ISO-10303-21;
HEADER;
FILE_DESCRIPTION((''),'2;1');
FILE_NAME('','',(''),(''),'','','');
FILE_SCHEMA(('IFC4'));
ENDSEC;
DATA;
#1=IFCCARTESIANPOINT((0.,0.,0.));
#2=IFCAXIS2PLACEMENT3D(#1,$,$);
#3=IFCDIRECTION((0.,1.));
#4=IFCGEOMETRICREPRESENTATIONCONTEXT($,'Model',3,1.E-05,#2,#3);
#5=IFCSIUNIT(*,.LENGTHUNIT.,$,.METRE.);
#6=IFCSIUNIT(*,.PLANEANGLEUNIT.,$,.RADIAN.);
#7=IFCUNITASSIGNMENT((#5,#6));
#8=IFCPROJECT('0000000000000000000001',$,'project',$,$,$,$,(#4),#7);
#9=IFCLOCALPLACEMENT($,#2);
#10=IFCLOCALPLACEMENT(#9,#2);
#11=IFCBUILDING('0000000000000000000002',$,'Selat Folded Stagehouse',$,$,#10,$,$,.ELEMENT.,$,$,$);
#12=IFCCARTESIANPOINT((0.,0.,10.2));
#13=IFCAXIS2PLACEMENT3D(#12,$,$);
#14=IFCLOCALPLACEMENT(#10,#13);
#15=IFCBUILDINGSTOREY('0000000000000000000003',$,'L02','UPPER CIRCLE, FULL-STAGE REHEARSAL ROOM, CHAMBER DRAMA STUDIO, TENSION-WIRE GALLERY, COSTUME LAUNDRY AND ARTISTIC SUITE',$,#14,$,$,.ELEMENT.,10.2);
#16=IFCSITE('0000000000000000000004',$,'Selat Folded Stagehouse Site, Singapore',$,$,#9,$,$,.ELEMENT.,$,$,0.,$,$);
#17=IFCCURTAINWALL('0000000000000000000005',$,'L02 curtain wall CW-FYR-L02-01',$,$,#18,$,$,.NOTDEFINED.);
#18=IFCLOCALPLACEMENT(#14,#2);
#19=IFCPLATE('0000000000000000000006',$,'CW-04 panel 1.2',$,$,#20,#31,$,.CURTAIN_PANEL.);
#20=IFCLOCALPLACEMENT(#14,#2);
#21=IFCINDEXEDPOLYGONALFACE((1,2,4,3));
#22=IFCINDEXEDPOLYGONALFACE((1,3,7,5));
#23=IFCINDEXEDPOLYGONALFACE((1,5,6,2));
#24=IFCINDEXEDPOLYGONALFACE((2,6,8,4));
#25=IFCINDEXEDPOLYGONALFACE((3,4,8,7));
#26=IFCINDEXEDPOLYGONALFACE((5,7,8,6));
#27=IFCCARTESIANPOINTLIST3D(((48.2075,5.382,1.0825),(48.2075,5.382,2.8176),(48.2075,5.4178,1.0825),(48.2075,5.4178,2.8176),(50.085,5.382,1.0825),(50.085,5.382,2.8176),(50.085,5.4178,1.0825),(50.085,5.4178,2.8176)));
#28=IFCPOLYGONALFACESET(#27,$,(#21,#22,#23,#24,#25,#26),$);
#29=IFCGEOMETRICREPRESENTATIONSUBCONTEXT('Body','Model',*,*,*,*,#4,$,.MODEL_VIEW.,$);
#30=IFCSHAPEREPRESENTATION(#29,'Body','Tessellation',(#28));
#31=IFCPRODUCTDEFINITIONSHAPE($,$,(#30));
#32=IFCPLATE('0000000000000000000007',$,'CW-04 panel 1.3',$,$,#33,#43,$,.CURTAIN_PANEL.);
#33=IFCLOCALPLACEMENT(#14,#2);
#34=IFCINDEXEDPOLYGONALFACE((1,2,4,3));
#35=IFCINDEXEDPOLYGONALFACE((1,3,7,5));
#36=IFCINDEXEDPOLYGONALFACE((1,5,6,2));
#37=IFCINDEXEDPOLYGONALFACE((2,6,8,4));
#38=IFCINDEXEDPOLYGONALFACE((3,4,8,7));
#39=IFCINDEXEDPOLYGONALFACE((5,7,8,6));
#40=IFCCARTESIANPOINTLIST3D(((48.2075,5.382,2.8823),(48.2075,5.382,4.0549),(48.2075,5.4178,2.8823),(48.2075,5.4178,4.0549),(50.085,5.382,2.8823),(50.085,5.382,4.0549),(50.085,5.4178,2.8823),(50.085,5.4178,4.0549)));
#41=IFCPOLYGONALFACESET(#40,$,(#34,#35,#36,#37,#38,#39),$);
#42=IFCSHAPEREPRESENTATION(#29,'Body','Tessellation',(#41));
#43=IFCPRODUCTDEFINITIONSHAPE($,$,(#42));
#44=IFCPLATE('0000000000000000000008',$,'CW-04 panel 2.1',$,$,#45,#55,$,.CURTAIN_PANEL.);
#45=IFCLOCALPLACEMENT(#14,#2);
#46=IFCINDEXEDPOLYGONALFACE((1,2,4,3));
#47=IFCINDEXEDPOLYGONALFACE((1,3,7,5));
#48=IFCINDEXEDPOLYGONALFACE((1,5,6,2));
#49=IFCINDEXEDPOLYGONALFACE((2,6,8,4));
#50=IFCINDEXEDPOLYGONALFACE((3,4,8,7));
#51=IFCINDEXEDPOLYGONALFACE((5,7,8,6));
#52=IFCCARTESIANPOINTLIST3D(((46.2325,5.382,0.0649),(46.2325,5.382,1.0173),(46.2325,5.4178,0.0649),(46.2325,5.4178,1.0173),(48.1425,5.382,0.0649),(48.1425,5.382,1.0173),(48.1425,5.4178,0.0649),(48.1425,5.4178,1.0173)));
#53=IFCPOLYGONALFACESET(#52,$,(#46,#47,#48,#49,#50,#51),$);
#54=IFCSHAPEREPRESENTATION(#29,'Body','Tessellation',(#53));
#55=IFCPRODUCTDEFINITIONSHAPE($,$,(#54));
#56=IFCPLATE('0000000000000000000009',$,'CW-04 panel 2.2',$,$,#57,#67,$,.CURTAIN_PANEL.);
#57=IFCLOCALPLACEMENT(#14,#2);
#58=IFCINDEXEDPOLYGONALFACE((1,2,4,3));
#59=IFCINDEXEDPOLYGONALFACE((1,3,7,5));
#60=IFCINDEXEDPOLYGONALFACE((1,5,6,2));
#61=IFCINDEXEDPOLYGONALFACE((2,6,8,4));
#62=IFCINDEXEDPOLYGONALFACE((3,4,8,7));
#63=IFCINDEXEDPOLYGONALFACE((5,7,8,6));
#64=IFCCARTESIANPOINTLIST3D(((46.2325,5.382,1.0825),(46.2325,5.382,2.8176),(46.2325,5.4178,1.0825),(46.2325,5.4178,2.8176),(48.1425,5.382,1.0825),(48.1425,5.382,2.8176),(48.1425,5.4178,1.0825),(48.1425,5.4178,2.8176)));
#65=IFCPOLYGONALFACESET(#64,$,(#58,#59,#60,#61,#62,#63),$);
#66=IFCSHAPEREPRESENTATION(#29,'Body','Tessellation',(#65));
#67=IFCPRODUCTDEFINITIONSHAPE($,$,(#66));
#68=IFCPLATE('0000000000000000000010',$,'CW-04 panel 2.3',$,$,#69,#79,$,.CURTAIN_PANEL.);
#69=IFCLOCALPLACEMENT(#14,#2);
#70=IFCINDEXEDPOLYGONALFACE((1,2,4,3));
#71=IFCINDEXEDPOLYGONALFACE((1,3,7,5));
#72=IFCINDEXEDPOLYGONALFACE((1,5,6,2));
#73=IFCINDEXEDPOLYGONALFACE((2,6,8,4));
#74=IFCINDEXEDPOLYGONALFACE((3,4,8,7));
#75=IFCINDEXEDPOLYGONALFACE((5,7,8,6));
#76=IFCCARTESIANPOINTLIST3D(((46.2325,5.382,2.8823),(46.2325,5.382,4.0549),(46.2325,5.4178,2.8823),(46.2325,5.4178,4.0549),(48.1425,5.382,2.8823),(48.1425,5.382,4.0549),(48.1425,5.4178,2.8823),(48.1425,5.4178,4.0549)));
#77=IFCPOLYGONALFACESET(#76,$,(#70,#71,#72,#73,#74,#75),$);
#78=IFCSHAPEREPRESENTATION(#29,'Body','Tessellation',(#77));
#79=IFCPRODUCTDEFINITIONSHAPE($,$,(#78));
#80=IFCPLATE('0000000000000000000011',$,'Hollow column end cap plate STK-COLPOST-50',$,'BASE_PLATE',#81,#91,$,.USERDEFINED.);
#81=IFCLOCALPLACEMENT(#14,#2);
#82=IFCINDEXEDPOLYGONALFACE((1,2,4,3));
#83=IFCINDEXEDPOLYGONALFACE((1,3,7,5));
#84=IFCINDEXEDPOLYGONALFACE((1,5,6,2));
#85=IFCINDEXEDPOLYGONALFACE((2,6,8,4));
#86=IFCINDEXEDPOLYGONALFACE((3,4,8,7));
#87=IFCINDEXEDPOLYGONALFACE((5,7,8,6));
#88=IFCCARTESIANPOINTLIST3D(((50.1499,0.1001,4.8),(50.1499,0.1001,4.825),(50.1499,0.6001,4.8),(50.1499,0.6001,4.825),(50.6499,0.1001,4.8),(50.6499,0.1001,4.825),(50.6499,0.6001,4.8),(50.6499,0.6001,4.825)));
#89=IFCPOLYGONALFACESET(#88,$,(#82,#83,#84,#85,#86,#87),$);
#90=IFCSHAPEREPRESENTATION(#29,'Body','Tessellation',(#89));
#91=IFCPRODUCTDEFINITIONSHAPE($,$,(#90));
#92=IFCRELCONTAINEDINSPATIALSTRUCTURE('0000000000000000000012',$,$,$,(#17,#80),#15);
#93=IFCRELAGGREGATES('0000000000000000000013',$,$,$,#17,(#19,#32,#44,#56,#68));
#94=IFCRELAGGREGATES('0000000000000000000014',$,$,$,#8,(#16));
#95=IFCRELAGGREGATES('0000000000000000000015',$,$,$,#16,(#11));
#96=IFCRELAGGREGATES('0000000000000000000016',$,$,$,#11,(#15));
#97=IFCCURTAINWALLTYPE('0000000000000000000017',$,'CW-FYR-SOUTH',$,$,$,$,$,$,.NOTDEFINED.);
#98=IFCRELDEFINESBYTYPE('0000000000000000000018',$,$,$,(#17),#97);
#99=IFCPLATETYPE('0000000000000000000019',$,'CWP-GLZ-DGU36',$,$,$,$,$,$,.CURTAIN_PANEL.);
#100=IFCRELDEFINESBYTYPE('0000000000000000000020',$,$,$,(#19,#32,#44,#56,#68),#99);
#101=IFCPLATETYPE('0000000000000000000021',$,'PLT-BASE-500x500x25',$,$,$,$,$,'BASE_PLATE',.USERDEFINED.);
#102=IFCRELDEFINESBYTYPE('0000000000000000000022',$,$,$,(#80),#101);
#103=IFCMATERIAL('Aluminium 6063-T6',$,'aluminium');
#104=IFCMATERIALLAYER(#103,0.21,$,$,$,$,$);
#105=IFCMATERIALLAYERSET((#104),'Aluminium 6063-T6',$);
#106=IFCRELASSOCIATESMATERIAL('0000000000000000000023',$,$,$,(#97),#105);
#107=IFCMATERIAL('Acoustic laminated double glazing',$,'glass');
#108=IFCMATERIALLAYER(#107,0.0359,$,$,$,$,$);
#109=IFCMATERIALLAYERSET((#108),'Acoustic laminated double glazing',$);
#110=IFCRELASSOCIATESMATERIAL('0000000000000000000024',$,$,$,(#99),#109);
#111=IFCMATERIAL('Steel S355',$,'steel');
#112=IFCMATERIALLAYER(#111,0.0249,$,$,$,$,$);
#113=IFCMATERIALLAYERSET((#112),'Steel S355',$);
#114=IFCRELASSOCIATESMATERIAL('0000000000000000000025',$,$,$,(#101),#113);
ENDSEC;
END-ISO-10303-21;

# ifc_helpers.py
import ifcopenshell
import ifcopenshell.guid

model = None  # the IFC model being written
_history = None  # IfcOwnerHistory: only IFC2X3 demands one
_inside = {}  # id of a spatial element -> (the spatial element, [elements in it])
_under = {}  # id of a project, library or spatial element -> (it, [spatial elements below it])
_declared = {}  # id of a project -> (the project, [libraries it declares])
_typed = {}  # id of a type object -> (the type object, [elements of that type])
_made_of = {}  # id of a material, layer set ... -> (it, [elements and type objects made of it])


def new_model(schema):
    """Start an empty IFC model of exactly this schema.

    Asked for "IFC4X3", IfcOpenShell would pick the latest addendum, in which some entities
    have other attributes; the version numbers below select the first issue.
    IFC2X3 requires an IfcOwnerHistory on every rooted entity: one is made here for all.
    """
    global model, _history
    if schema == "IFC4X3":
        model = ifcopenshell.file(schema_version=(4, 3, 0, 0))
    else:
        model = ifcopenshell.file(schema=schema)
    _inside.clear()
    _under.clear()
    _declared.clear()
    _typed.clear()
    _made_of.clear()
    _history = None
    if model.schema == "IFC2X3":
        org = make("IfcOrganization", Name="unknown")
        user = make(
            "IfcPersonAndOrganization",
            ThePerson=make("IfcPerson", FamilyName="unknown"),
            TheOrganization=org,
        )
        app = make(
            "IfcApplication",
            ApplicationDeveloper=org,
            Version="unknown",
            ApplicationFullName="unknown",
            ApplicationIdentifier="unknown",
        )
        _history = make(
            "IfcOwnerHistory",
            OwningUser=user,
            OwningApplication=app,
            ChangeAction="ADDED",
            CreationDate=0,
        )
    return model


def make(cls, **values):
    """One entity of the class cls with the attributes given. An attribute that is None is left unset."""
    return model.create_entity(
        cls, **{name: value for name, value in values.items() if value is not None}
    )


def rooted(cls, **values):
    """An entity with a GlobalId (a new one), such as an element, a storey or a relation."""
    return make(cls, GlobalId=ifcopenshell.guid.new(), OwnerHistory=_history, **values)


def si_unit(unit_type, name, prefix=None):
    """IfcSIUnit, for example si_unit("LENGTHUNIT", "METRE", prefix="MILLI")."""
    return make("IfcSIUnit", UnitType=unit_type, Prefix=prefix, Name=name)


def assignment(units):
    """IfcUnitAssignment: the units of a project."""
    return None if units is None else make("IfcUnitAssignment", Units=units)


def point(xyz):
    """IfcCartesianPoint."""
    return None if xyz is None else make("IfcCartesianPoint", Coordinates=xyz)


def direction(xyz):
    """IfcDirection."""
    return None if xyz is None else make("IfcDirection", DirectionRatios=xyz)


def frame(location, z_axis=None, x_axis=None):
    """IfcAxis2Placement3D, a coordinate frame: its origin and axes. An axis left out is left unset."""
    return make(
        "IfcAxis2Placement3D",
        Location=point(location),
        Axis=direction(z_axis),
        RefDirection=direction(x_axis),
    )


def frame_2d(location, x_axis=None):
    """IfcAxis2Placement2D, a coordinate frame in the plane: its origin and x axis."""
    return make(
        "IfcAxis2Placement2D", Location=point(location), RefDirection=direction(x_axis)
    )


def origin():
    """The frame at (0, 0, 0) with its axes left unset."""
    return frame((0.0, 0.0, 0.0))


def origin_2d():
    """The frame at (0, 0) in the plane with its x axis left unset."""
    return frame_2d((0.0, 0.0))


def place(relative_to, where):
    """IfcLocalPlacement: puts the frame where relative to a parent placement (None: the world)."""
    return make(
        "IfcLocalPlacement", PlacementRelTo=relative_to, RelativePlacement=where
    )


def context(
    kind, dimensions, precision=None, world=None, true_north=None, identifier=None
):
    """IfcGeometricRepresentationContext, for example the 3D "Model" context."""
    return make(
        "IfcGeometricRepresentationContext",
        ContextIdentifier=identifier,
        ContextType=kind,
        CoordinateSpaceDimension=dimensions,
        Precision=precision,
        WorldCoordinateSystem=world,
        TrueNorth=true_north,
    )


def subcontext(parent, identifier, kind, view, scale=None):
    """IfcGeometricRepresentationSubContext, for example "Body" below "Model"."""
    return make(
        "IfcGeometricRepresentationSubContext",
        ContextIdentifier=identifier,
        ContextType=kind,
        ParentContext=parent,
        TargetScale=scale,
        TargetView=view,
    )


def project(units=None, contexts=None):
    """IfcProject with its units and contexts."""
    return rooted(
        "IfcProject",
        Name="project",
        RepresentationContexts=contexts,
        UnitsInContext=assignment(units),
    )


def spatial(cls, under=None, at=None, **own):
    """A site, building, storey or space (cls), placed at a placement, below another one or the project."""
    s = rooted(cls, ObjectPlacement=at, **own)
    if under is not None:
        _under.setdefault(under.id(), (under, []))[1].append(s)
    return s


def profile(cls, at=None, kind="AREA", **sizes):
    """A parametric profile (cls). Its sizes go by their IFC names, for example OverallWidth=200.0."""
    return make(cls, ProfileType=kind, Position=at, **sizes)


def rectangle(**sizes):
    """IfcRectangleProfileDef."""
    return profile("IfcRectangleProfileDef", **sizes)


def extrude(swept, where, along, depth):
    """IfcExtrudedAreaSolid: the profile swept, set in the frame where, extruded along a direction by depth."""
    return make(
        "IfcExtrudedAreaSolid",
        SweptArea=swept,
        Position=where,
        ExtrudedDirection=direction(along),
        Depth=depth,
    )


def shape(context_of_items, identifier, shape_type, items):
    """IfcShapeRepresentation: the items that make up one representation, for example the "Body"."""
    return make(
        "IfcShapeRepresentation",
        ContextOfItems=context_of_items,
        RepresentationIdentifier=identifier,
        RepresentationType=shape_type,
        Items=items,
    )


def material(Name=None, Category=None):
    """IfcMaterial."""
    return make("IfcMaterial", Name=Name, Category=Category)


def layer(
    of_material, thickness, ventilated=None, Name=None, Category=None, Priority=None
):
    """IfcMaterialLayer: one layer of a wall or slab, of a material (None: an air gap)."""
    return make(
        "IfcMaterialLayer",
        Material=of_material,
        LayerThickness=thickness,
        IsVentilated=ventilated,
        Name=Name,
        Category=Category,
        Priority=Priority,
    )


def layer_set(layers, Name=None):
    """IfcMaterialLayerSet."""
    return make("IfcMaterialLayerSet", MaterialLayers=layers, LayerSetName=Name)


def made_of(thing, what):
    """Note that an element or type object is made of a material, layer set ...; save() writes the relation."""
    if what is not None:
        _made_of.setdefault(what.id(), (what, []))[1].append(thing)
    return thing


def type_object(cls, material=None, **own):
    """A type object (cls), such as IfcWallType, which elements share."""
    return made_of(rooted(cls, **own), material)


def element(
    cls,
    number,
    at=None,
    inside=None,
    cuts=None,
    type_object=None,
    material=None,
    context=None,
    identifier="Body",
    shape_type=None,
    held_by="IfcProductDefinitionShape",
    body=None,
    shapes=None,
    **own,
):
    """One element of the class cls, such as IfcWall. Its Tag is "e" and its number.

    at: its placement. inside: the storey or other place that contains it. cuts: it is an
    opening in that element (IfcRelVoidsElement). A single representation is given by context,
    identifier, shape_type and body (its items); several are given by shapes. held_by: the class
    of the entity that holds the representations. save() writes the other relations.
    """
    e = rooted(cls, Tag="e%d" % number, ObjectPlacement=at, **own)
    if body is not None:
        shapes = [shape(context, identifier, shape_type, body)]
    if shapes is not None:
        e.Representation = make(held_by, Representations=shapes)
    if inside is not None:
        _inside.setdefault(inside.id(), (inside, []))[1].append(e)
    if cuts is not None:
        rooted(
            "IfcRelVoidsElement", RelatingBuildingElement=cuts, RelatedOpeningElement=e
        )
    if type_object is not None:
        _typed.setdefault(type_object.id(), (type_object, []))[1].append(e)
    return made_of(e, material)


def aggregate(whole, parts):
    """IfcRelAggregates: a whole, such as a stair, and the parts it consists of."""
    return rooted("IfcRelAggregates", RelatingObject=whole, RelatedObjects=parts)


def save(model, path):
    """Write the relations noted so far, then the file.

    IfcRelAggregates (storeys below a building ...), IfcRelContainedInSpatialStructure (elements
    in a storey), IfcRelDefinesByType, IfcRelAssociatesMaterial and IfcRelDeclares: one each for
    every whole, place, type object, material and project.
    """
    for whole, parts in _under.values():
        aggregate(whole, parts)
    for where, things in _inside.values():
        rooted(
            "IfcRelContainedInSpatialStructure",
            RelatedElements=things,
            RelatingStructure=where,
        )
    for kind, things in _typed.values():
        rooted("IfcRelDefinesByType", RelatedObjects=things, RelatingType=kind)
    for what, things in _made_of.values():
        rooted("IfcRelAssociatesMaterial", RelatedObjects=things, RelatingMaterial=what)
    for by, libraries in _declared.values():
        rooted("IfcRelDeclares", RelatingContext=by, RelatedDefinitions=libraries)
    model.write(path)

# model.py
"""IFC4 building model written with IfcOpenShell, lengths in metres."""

from ifc_helpers import new_model, si_unit, direction, frame, origin, origin_2d, place, context, subcontext, project, spatial, rectangle, extrude, material, layer, layer_set, type_object, element, aggregate, save


model = new_model("IFC4")

# Units and contexts
model_context = context("Model", 3, precision=1e-05, world=origin(), true_north=direction((0.0, 1.0)))
body_context = subcontext(model_context, "Body", "Model", "MODEL_VIEW")
ifc_project = project(units=[si_unit("LENGTHUNIT", "METRE"), si_unit("PLANEANGLEUNIT", "RADIAN")], contexts=[model_context])

# Site, building, storey
site_placement = place(None, origin())
site = spatial("IfcSite", under=ifc_project, at=site_placement, Name="Selat Folded Stagehouse Site, Singapore", CompositionType="ELEMENT", RefElevation=0.0)
building_placement = place(site_placement, origin())
building = spatial("IfcBuilding", under=site, at=building_placement, Name="Selat Folded Stagehouse", CompositionType="ELEMENT")
storey_placement = place(building_placement, frame((0.0, 0.0, 10.2)))
storey = spatial("IfcBuildingStorey", under=building, at=storey_placement, Name="L02", Description="UPPER CIRCLE, FULL-STAGE REHEARSAL ROOM, CHAMBER DRAMA STUDIO, TENSION-WIRE GALLERY, COSTUME LAUNDRY AND ARTISTIC SUITE", CompositionType="ELEMENT", Elevation=10.2)

# Shared definitions
ifc_material_1 = material(Name="Steel S355", Category="steel")

# Curtain wall
ifc_material_2 = material(Name="Aluminium 6063-T6", Category="aluminium")
ifc_layer_1 = layer(ifc_material_2, 0.21)
ifc_layer_set_1 = layer_set([ifc_layer_1], Name="Aluminium 6063-T6")
curtain_wall_type = type_object("IfcCurtainWallType", Name="CW-FYR-SOUTH", PredefinedType="NOTDEFINED", material=ifc_layer_set_1)
curtain_wall_placement = place(storey_placement, origin())
curtain_wall = element("IfcCurtainWall", 1, at=curtain_wall_placement, inside=storey, type_object=curtain_wall_type, Name="L02 curtain wall CW-FYR-L02-01", PredefinedType="NOTDEFINED")

# Plates
ifc_material_3 = material(Name="Acoustic laminated double glazing", Category="glass")
ifc_layer_2 = layer(ifc_material_3, 0.0359)
ifc_layer_set_2 = layer_set([ifc_layer_2], Name="Acoustic laminated double glazing")
plate_type_1 = type_object("IfcPlateType", Name="CWP-GLZ-DGU36", PredefinedType="CURTAIN_PANEL", material=ifc_layer_set_2)
plate_1_placement = place(storey_placement, frame((49.1462, 5.3999, 1.0825), z_axis=(0.0, 0.0, 1.0), x_axis=(-1.0, 0.0, 0.0)))
plate_1 = element("IfcPlate", 2, at=plate_1_placement, type_object=plate_type_1, Name="CW-04 panel 1.2", PredefinedType="CURTAIN_PANEL", context=body_context, shape_type="SweptSolid", body=[
    extrude(rectangle(XDim=1.8774, YDim=0.0359, at=origin_2d()), origin(), (0.0, 0.0, 1.0), 1.7351),
])
plate_2_placement = place(storey_placement, frame((49.1462, 5.3999, 2.8823), z_axis=(0.0, 0.0, 1.0), x_axis=(-1.0, 0.0, 0.0)))
plate_2 = element("IfcPlate", 3, at=plate_2_placement, type_object=plate_type_1, Name="CW-04 panel 1.3", PredefinedType="CURTAIN_PANEL", context=body_context, shape_type="SweptSolid", body=[
    extrude(rectangle(XDim=1.8774, YDim=0.0359, at=origin_2d()), origin(), (0.0, 0.0, 1.0), 1.1726),
])
plate_3_placement = place(storey_placement, frame((47.1875, 5.3999, 0.0649), z_axis=(0.0, 0.0, 1.0), x_axis=(-1.0, 0.0, 0.0)))
plate_3 = element("IfcPlate", 4, at=plate_3_placement, type_object=plate_type_1, Name="CW-04 panel 2.1", PredefinedType="CURTAIN_PANEL", context=body_context, shape_type="SweptSolid", body=[
    extrude(rectangle(XDim=1.9099, YDim=0.0359, at=origin_2d()), origin(), (0.0, 0.0, 1.0), 0.9524),
])
plate_4_placement = place(storey_placement, frame((47.1875, 5.3999, 1.0825), z_axis=(0.0, 0.0, 1.0), x_axis=(-1.0, 0.0, 0.0)))
plate_4 = element("IfcPlate", 5, at=plate_4_placement, type_object=plate_type_1, Name="CW-04 panel 2.2", PredefinedType="CURTAIN_PANEL", context=body_context, shape_type="SweptSolid", body=[
    extrude(rectangle(XDim=1.9099, YDim=0.0359, at=origin_2d()), origin(), (0.0, 0.0, 1.0), 1.7351),
])
plate_5_placement = place(storey_placement, frame((47.1875, 5.3999, 2.8823), z_axis=(0.0, 0.0, 1.0), x_axis=(-1.0, 0.0, 0.0)))
plate_5 = element("IfcPlate", 6, at=plate_5_placement, type_object=plate_type_1, Name="CW-04 panel 2.3", PredefinedType="CURTAIN_PANEL", context=body_context, shape_type="SweptSolid", body=[
    extrude(rectangle(XDim=1.9099, YDim=0.0359, at=origin_2d()), origin(), (0.0, 0.0, 1.0), 1.1726),
])
aggregate(curtain_wall, [plate_1, plate_2, plate_3, plate_4, plate_5])
ifc_layer_3 = layer(ifc_material_1, 0.0249)
ifc_layer_set_3 = layer_set([ifc_layer_3], Name="Steel S355")
plate_type_2 = type_object("IfcPlateType", Name="PLT-BASE-500x500x25", ElementType="BASE_PLATE", PredefinedType="USERDEFINED", material=ifc_layer_set_3)
plate_6_placement = place(storey_placement, frame((50.3999, 0.3501, 4.8), z_axis=(0.0, 0.0, 1.0), x_axis=(1.0, 0.0, 0.0)))
element("IfcPlate", 7, at=plate_6_placement, inside=storey, type_object=plate_type_2, Name="Hollow column end cap plate STK-COLPOST-50", ObjectType="BASE_PLATE", PredefinedType="USERDEFINED", context=body_context, shape_type="SweptSolid", body=[
    extrude(rectangle(XDim=0.5, YDim=0.5, at=origin_2d()), origin(), (0.0, 0.0, 1.0), 0.0249),
])

save(model, "model.ifc")
